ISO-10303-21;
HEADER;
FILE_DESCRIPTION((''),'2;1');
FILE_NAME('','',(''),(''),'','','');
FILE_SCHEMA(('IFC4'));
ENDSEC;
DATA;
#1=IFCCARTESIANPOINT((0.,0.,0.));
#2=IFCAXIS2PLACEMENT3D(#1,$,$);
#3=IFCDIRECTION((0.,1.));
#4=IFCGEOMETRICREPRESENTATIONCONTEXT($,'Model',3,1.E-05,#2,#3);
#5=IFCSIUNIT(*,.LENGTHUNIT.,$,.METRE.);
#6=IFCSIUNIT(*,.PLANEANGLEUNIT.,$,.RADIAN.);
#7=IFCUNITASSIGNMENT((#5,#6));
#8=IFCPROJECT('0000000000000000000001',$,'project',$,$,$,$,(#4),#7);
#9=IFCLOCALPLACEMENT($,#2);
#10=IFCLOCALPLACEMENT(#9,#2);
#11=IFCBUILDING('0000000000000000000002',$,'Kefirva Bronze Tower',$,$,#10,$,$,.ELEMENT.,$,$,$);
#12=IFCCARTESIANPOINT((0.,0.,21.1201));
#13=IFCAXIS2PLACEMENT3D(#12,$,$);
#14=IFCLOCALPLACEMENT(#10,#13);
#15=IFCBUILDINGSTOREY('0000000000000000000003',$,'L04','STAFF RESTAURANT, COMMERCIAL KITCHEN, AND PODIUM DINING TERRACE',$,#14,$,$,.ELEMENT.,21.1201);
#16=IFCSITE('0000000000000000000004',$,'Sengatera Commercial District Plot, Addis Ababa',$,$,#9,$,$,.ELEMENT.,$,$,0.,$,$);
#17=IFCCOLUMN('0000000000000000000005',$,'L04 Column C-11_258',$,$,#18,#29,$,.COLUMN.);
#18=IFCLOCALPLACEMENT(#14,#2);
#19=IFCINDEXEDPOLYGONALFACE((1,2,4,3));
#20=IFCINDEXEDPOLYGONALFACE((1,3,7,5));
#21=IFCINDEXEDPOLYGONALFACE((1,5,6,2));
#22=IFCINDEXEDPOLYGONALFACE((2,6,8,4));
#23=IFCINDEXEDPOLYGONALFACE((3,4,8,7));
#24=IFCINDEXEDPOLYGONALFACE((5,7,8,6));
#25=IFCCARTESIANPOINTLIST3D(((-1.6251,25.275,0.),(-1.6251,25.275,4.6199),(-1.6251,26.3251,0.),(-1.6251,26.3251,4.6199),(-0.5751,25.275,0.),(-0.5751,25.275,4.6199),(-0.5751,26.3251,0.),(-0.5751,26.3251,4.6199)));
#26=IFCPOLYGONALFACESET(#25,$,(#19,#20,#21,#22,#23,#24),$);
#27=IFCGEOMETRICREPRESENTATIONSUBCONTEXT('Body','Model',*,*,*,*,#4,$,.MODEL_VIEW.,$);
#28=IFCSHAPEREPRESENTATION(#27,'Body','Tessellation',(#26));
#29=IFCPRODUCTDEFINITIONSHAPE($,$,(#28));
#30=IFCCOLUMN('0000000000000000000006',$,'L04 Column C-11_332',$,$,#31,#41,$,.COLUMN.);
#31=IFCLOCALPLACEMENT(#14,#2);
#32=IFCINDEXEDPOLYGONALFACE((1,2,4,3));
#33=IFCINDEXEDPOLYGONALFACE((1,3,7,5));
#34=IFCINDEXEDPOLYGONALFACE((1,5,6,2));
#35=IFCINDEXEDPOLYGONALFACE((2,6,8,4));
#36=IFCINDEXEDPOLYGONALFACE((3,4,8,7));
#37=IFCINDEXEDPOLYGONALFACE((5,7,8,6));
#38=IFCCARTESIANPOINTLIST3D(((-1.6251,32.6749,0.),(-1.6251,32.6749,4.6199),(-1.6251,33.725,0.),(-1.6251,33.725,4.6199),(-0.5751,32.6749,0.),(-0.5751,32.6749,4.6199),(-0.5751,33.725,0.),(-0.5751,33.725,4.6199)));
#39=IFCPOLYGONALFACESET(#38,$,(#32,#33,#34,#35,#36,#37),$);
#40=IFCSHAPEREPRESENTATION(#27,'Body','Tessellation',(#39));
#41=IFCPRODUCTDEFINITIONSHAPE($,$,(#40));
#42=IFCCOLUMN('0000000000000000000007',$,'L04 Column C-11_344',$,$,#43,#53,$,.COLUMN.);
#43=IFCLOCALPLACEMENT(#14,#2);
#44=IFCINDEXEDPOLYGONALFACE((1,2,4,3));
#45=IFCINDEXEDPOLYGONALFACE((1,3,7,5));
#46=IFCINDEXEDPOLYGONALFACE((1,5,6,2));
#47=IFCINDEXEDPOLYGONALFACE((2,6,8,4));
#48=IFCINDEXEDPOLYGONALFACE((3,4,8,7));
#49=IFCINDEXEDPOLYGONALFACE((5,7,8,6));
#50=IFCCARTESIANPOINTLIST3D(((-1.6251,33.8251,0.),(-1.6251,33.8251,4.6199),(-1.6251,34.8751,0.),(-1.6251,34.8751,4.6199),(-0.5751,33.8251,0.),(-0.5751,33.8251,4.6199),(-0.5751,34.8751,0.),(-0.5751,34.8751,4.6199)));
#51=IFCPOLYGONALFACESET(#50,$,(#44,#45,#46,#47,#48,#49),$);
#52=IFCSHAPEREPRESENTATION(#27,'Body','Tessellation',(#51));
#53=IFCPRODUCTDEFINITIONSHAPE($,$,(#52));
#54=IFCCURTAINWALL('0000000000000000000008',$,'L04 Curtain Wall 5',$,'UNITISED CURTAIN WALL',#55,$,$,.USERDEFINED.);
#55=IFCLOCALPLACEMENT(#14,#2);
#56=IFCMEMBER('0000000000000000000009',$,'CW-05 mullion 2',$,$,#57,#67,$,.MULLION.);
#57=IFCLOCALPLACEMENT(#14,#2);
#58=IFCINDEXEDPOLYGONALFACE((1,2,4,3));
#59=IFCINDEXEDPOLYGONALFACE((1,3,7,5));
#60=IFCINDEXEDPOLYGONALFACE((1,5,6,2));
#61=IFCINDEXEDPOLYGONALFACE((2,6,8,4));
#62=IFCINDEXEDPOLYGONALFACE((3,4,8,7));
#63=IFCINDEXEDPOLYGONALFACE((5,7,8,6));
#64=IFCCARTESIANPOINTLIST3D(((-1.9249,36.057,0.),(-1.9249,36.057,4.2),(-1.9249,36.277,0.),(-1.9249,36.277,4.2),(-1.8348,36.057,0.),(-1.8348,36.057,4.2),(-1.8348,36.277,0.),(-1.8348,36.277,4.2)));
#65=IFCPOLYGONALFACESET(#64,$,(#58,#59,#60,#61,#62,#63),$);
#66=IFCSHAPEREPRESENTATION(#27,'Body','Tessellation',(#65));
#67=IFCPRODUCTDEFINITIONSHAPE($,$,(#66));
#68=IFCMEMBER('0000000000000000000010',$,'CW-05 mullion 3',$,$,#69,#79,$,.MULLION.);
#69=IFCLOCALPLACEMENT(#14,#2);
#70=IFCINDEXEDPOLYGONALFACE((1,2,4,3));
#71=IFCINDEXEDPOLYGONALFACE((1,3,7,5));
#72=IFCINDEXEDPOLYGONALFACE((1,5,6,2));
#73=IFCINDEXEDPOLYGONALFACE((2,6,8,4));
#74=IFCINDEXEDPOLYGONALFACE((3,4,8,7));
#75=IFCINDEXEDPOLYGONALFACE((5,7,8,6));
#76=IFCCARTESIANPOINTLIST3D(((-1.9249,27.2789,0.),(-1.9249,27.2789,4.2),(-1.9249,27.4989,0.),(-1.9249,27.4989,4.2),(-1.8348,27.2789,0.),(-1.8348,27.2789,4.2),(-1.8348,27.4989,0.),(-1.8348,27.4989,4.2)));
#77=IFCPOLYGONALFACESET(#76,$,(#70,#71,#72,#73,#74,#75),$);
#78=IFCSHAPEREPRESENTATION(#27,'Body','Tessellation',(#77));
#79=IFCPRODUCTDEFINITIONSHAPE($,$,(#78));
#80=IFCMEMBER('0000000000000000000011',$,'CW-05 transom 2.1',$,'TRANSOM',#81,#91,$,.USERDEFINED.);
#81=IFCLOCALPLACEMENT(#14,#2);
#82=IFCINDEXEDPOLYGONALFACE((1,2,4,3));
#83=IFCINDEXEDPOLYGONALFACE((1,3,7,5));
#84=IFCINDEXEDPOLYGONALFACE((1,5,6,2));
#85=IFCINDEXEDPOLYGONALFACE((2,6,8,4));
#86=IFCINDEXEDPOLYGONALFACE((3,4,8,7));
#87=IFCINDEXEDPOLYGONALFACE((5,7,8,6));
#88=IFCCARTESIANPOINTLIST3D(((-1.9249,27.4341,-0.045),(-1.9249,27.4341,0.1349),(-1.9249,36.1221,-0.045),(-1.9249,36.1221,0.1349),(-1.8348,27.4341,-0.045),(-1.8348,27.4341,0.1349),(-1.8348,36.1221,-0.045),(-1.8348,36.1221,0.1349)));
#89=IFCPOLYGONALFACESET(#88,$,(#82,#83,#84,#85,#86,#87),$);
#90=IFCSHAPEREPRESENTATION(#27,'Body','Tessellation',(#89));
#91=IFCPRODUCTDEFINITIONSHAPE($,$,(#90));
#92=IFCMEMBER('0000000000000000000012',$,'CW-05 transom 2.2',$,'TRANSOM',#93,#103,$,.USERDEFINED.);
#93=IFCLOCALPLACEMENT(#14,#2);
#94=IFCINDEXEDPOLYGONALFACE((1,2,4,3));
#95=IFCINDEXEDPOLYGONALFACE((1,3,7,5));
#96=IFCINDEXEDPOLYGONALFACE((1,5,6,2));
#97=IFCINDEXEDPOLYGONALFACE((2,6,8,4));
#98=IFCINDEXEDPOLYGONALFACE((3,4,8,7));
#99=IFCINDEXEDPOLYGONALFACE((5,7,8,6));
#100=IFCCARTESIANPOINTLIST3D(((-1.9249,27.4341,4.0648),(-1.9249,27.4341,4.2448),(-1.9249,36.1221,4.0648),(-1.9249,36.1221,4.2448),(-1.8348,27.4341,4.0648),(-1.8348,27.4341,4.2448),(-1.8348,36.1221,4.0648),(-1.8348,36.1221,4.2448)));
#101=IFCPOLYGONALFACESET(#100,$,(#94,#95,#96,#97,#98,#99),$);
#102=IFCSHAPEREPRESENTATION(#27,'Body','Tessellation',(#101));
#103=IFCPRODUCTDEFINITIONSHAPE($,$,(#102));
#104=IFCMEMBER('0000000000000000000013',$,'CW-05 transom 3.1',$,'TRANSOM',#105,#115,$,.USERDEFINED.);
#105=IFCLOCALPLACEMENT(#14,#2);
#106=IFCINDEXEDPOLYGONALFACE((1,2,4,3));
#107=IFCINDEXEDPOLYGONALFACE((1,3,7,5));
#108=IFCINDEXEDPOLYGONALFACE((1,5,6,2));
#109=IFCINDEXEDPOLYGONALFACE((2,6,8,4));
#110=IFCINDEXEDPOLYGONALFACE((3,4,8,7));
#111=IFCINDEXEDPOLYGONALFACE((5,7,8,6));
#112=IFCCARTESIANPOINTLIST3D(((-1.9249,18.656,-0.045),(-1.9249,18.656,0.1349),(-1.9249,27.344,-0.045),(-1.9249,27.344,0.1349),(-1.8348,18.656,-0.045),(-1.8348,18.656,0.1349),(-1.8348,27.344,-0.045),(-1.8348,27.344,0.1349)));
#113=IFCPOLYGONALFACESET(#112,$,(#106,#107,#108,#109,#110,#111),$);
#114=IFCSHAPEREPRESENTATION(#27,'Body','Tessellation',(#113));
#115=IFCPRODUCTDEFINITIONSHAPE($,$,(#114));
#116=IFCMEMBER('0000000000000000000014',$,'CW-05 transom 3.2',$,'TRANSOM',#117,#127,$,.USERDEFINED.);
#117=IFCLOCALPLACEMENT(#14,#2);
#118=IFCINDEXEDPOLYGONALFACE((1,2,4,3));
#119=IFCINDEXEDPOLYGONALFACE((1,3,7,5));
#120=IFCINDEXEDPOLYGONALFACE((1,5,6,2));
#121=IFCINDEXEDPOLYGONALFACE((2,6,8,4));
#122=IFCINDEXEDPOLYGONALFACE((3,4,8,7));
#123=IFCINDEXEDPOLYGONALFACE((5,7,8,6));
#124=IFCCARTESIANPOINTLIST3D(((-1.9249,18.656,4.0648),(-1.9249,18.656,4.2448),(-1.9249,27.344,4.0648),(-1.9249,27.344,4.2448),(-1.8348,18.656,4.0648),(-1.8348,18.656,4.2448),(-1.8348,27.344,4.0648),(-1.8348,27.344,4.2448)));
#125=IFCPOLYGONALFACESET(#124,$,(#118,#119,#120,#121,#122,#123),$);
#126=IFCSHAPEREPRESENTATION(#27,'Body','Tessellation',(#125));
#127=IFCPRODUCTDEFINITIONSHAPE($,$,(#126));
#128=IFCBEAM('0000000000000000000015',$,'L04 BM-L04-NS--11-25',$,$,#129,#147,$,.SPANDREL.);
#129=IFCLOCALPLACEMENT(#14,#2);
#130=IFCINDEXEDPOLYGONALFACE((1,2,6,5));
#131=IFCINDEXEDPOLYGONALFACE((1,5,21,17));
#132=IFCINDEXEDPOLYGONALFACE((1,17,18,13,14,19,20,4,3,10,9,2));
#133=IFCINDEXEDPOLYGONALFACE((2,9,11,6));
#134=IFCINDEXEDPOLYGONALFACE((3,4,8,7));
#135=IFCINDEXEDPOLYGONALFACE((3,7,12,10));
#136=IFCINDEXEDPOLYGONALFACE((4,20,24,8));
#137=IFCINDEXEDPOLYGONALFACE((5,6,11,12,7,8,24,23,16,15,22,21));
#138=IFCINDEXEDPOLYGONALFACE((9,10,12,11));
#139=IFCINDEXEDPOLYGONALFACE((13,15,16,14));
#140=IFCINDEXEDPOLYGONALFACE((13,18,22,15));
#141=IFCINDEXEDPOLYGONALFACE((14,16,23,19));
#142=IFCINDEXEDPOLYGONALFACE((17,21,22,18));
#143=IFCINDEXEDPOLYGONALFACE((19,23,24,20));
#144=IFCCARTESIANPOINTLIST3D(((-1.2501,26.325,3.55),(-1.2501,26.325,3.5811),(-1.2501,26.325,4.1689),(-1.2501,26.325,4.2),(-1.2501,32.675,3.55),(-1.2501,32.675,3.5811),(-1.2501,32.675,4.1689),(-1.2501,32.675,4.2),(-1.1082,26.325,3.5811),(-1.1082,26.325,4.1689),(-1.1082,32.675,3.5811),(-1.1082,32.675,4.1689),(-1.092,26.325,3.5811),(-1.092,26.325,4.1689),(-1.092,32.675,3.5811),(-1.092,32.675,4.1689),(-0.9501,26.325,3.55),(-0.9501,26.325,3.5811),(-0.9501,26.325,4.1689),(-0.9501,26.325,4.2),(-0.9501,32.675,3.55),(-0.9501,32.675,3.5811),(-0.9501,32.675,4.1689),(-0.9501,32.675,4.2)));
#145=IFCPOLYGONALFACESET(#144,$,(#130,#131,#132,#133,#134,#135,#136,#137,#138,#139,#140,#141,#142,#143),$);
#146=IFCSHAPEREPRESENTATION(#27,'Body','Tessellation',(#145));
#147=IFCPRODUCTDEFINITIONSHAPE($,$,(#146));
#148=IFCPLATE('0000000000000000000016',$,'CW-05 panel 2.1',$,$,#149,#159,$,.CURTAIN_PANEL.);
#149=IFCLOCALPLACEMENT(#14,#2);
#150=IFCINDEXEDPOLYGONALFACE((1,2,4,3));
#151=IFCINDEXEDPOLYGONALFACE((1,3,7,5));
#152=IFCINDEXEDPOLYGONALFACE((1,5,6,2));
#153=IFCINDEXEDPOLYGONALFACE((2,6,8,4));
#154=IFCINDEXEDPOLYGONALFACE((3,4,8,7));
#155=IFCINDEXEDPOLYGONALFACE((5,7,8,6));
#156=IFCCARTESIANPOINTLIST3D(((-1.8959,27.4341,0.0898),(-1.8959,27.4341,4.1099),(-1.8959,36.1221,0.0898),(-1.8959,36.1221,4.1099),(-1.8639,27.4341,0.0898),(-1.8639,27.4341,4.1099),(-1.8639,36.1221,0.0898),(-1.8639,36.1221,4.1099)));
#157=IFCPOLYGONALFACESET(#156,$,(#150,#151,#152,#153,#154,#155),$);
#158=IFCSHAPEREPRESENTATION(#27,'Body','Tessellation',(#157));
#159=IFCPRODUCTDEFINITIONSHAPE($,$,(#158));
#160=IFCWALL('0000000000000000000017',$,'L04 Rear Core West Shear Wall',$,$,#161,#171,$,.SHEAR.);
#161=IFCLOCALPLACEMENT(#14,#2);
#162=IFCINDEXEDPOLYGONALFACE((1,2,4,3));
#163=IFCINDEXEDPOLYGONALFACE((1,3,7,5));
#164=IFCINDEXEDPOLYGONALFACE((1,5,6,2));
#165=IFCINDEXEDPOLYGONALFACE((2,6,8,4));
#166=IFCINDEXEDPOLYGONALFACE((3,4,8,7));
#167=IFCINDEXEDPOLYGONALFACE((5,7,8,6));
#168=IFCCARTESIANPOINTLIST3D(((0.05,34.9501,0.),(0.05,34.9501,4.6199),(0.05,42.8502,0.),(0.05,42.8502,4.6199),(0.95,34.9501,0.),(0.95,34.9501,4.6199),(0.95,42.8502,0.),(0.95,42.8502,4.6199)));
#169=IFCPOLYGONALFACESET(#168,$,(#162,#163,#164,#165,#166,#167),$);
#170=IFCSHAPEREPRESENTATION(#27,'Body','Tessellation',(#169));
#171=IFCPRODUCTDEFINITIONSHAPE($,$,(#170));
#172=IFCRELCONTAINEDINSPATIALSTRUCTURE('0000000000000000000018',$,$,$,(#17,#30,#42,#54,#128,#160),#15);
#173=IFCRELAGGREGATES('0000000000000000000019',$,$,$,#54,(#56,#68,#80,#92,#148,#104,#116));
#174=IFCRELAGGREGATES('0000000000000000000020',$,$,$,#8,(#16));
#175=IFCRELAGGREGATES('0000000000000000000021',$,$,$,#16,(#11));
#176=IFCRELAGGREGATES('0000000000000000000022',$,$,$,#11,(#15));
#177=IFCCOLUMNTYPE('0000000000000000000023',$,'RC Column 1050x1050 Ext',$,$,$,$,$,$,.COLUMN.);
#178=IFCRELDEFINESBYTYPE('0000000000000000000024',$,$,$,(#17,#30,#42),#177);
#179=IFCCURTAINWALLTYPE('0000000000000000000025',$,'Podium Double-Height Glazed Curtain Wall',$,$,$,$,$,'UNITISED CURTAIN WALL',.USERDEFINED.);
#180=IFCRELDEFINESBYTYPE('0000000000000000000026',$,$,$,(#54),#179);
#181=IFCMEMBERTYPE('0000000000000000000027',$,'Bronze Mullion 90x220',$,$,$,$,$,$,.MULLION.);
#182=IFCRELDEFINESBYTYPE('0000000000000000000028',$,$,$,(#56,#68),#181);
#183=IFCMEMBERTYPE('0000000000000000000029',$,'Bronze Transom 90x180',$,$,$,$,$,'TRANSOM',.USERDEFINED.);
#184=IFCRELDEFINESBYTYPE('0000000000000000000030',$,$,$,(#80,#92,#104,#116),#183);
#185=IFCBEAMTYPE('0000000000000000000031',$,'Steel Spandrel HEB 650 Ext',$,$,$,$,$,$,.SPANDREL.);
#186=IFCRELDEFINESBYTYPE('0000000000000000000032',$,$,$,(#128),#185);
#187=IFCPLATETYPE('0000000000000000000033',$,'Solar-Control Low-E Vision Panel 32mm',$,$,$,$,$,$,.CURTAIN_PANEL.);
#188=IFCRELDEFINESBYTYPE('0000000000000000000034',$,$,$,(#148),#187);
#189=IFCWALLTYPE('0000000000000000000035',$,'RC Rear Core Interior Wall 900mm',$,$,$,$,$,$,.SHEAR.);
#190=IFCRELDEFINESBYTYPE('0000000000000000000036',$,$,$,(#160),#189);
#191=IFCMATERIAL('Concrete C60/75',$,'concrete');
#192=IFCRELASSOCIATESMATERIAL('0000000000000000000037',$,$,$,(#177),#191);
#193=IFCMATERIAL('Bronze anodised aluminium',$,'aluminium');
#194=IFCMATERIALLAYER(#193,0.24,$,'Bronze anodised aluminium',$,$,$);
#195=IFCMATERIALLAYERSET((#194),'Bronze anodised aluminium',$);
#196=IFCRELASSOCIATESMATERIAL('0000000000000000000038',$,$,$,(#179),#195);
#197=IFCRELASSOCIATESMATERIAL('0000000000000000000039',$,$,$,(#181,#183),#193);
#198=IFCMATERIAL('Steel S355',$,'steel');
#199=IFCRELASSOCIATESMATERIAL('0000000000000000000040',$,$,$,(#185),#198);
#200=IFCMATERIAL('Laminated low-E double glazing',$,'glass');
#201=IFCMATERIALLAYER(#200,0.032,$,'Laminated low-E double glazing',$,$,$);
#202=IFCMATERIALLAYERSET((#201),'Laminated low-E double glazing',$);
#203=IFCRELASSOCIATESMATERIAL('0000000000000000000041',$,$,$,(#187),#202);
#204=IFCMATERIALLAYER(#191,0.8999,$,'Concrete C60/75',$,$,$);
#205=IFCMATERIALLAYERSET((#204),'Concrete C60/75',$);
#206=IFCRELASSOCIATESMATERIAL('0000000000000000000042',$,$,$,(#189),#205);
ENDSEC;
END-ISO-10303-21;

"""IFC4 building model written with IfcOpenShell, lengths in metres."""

from ifc_helpers import new_model, si_unit, direction, frame, frame_2d, origin, origin_2d, place, context, subcontext, project, spatial, rectangle, i_section, extrude, material, layer, layer_set, material_profile, profile_set, type_object, element, aggregate, save


model = new_model("IFC4")

# Units and contexts
model_context = context("Model", 3, precision=1e-05, world=origin(), true_north=direction((0.0, 1.0)))
body_context = subcontext(model_context, "Body", "Model", "MODEL_VIEW")
ifc_project = project(units=[si_unit("LENGTHUNIT", "METRE"), si_unit("PLANEANGLEUNIT", "RADIAN")], contexts=[model_context])

# Site, building, storey
site_placement = place(None, origin())
site = spatial("IfcSite", under=ifc_project, at=site_placement, Name="Sengatera Commercial District Plot, Addis Ababa", CompositionType="ELEMENT", RefElevation=0.0)
building_placement = place(site_placement, origin())
building = spatial("IfcBuilding", under=site, at=building_placement, Name="Kefirva Bronze Tower", CompositionType="ELEMENT")
storey_placement = place(building_placement, frame((0.0, 0.0, 21.1201)))
storey = spatial("IfcBuildingStorey", under=building, at=storey_placement, Name="L04", Description="STAFF RESTAURANT, COMMERCIAL KITCHEN, AND PODIUM DINING TERRACE", CompositionType="ELEMENT", Elevation=21.1201)

# Columns
ifc_material_1 = material(Name="Concrete C60/75", Category="concrete")
ifc_material_profile_1 = material_profile(ifc_material_1, rectangle(XDim=1.05, YDim=1.05, at=origin_2d()), Name="RC 1050x1050")
ifc_profile_set_1 = profile_set([ifc_material_profile_1], Name="Concrete C60/75")
column_type = type_object("IfcColumnType", Name="RC Column 1050x1050 Ext", PredefinedType="COLUMN", material=ifc_profile_set_1)
for number, where, z_axis, x_axis, name in (
    (1, (-1.1001, 25.8, 0.0), (0.0, 0.0, 1.0), (1.0, 0.0, 0.0), "L04 Column C-11_258"),
    (2, (-1.1001, 33.2, 0.0), (0.0, 0.0, 1.0), (1.0, 0.0, 0.0), "L04 Column C-11_332"),
    (3, (-1.1001, 34.3501, 0.0), (0.0, 0.0, 1.0), (1.0, 0.0, 0.0), "L04 Column C-11_344"),
):
    element("IfcColumn", number, at=place(storey_placement, frame(where, z_axis=z_axis, x_axis=x_axis)), inside=storey, type_object=column_type, Name=name, PredefinedType="COLUMN", context=body_context, shape_type="SweptSolid", body=[
        extrude(rectangle(XDim=1.05, YDim=1.05, at=origin_2d()), origin(), (0.0, 0.0, 1.0), 4.6199),
    ])

# Curtain wall, members
ifc_material_2 = material(Name="Bronze anodised aluminium", Category="aluminium")
ifc_layer_1 = layer(ifc_material_2, 0.24, Name="Bronze anodised aluminium")
ifc_layer_set_1 = layer_set([ifc_layer_1], Name="Bronze anodised aluminium")
curtain_wall_type = type_object("IfcCurtainWallType", Name="Podium Double-Height Glazed Curtain Wall", ElementType="UNITISED CURTAIN WALL", PredefinedType="USERDEFINED", material=ifc_layer_set_1)
curtain_wall_placement = place(storey_placement, origin())
curtain_wall = element("IfcCurtainWall", 4, at=curtain_wall_placement, inside=storey, type_object=curtain_wall_type, Name="L04 Curtain Wall 5", ObjectType="UNITISED CURTAIN WALL", PredefinedType="USERDEFINED")
ifc_material_profile_2 = material_profile(ifc_material_2, rectangle(XDim=0.0901, YDim=0.22, at=origin_2d()), Name="ALU 90x220")
ifc_profile_set_2 = profile_set([ifc_material_profile_2], Name="Bronze anodised aluminium")
member_type_1 = type_object("IfcMemberType", Name="Bronze Mullion 90x220", PredefinedType="MULLION", material=ifc_profile_set_2)
member_1_placement = place(storey_placement, frame((-1.8799, 36.167, 0.0), z_axis=(0.0, 0.0, 1.0), x_axis=(1.0, 0.0, 0.0)))
member_1 = element("IfcMember", 5, at=member_1_placement, type_object=member_type_1, Name="CW-05 mullion 2", PredefinedType="MULLION", context=body_context, shape_type="SweptSolid", body=[
    extrude(rectangle(XDim=0.0901, YDim=0.22, at=origin_2d()), origin(), (0.0, 0.0, 1.0), 4.2),
])
member_2_placement = place(storey_placement, frame((-1.8799, 27.3889, 0.0), z_axis=(0.0, 0.0, 1.0), x_axis=(1.0, 0.0, 0.0)))
member_2 = element("IfcMember", 6, at=member_2_placement, type_object=member_type_1, Name="CW-05 mullion 3", PredefinedType="MULLION", context=body_context, shape_type="SweptSolid", body=[
    extrude(rectangle(XDim=0.0901, YDim=0.22, at=origin_2d()), origin(), (0.0, 0.0, 1.0), 4.2),
])
ifc_material_profile_3 = material_profile(ifc_material_2, rectangle(XDim=0.0901, YDim=0.1799, at=origin_2d()), Name="ALU 90x180")
ifc_profile_set_3 = profile_set([ifc_material_profile_3], Name="Bronze anodised aluminium")
member_type_2 = type_object("IfcMemberType", Name="Bronze Transom 90x180", ElementType="TRANSOM", PredefinedType="USERDEFINED", material=ifc_profile_set_3)
member_3_placement = place(storey_placement, frame((-1.8799, 36.1221, 0.0449), z_axis=(0.0, -1.0, 0.0), x_axis=(1.0, 0.0, 0.0)))
member_3 = element("IfcMember", 7, at=member_3_placement, type_object=member_type_2, Name="CW-05 transom 2.1", ObjectType="TRANSOM", PredefinedType="USERDEFINED", context=body_context, shape_type="SweptSolid", body=[
    extrude(rectangle(XDim=0.0901, YDim=0.1799, at=origin_2d()), origin(), (0.0, 0.0, 1.0), 8.688),
])
member_4_placement = place(storey_placement, frame((-1.8799, 36.1221, 4.1548), z_axis=(0.0, -1.0, 0.0), x_axis=(1.0, 0.0, 0.0)))
member_4 = element("IfcMember", 8, at=member_4_placement, type_object=member_type_2, Name="CW-05 transom 2.2", ObjectType="TRANSOM", PredefinedType="USERDEFINED", context=body_context, shape_type="SweptSolid", body=[
    extrude(rectangle(XDim=0.0901, YDim=0.1799, at=origin_2d()), origin(), (0.0, 0.0, 1.0), 8.688),
])
member_5_placement = place(storey_placement, frame((-1.8799, 27.344, 0.0449), z_axis=(0.0, -1.0, 0.0), x_axis=(1.0, 0.0, 0.0)))
member_5 = element("IfcMember", 9, at=member_5_placement, type_object=member_type_2, Name="CW-05 transom 3.1", ObjectType="TRANSOM", PredefinedType="USERDEFINED", context=body_context, shape_type="SweptSolid", body=[
    extrude(rectangle(XDim=0.0901, YDim=0.1799, at=origin_2d()), origin(), (0.0, 0.0, 1.0), 8.688),
])
member_6_placement = place(storey_placement, frame((-1.8799, 27.344, 4.1548), z_axis=(0.0, -1.0, 0.0), x_axis=(1.0, 0.0, 0.0)))
member_6 = element("IfcMember", 10, at=member_6_placement, type_object=member_type_2, Name="CW-05 transom 3.2", ObjectType="TRANSOM", PredefinedType="USERDEFINED", context=body_context, shape_type="SweptSolid", body=[
    extrude(rectangle(XDim=0.0901, YDim=0.1799, at=origin_2d()), origin(), (0.0, 0.0, 1.0), 8.688),
])

# Beam
ifc_material_3 = material(Name="Steel S355", Category="steel")
ifc_material_profile_4 = material_profile(ifc_material_3, i_section(OverallWidth=0.3, OverallDepth=0.6499, WebThickness=0.0161, FlangeThickness=0.031, at=origin_2d()), Name="HEB 650")
ifc_profile_set_4 = profile_set([ifc_material_profile_4], Name="Steel S355")
beam_type = type_object("IfcBeamType", Name="Steel Spandrel HEB 650 Ext", PredefinedType="SPANDREL", material=ifc_profile_set_4)
beam_placement = place(storey_placement, frame((-1.1001, 26.325, 3.875), z_axis=(0.0, 1.0, 0.0), x_axis=(-1.0, 0.0, 0.0)))
element("IfcBeam", 11, at=beam_placement, inside=storey, type_object=beam_type, Name="L04 BM-L04-NS--11-25", PredefinedType="SPANDREL", context=body_context, shape_type="SweptSolid", body=[
    extrude(i_section(OverallWidth=0.3, OverallDepth=0.6499, WebThickness=0.0161, FlangeThickness=0.031, at=origin_2d()), origin(), (0.0, 0.0, 1.0), 6.3501),
])

# Plate
ifc_material_4 = material(Name="Laminated low-E double glazing", Category="glass")
ifc_layer_2 = layer(ifc_material_4, 0.032, Name="Laminated low-E double glazing")
ifc_layer_set_2 = layer_set([ifc_layer_2], Name="Laminated low-E double glazing")
plate_type = type_object("IfcPlateType", Name="Solar-Control Low-E Vision Panel 32mm", PredefinedType="CURTAIN_PANEL", material=ifc_layer_set_2)
plate_placement = place(storey_placement, frame((-1.8799, 31.7781, 0.0898), z_axis=(0.0, 0.0, 1.0), x_axis=(0.0, -1.0, 0.0)))
plate = element("IfcPlate", 12, at=plate_placement, type_object=plate_type, Name="CW-05 panel 2.1", PredefinedType="CURTAIN_PANEL", context=body_context, shape_type="SweptSolid", body=[
    extrude(rectangle(XDim=8.688, YDim=0.032, at=origin_2d()), origin(), (0.0, 0.0, 1.0), 4.02),
])
aggregate(curtain_wall, [member_1, member_2, member_3, member_4, plate, member_5, member_6])

# Wall
ifc_layer_3 = layer(ifc_material_1, 0.8999, Name="Concrete C60/75")
ifc_layer_set_3 = layer_set([ifc_layer_3], Name="Concrete C60/75")
wall_type = type_object("IfcWallType", Name="RC Rear Core Interior Wall 900mm", PredefinedType="SHEAR", material=ifc_layer_set_3)
wall_placement = place(storey_placement, frame((0.5, 34.95, 0.0), z_axis=(0.0, 0.0, 1.0), x_axis=(0.0, 1.0, 0.0)))
element("IfcWall", 13, at=wall_placement, inside=storey, type_object=wall_type, Name="L04 Rear Core West Shear Wall", PredefinedType="SHEAR", context=body_context, shape_type="SweptSolid", body=[
    extrude(rectangle(XDim=7.9001, YDim=0.8999, at=frame_2d((3.9502, 0.0))), origin(), (0.0, 0.0, 1.0), 4.6199),
])

save(model, "model.ifc")
